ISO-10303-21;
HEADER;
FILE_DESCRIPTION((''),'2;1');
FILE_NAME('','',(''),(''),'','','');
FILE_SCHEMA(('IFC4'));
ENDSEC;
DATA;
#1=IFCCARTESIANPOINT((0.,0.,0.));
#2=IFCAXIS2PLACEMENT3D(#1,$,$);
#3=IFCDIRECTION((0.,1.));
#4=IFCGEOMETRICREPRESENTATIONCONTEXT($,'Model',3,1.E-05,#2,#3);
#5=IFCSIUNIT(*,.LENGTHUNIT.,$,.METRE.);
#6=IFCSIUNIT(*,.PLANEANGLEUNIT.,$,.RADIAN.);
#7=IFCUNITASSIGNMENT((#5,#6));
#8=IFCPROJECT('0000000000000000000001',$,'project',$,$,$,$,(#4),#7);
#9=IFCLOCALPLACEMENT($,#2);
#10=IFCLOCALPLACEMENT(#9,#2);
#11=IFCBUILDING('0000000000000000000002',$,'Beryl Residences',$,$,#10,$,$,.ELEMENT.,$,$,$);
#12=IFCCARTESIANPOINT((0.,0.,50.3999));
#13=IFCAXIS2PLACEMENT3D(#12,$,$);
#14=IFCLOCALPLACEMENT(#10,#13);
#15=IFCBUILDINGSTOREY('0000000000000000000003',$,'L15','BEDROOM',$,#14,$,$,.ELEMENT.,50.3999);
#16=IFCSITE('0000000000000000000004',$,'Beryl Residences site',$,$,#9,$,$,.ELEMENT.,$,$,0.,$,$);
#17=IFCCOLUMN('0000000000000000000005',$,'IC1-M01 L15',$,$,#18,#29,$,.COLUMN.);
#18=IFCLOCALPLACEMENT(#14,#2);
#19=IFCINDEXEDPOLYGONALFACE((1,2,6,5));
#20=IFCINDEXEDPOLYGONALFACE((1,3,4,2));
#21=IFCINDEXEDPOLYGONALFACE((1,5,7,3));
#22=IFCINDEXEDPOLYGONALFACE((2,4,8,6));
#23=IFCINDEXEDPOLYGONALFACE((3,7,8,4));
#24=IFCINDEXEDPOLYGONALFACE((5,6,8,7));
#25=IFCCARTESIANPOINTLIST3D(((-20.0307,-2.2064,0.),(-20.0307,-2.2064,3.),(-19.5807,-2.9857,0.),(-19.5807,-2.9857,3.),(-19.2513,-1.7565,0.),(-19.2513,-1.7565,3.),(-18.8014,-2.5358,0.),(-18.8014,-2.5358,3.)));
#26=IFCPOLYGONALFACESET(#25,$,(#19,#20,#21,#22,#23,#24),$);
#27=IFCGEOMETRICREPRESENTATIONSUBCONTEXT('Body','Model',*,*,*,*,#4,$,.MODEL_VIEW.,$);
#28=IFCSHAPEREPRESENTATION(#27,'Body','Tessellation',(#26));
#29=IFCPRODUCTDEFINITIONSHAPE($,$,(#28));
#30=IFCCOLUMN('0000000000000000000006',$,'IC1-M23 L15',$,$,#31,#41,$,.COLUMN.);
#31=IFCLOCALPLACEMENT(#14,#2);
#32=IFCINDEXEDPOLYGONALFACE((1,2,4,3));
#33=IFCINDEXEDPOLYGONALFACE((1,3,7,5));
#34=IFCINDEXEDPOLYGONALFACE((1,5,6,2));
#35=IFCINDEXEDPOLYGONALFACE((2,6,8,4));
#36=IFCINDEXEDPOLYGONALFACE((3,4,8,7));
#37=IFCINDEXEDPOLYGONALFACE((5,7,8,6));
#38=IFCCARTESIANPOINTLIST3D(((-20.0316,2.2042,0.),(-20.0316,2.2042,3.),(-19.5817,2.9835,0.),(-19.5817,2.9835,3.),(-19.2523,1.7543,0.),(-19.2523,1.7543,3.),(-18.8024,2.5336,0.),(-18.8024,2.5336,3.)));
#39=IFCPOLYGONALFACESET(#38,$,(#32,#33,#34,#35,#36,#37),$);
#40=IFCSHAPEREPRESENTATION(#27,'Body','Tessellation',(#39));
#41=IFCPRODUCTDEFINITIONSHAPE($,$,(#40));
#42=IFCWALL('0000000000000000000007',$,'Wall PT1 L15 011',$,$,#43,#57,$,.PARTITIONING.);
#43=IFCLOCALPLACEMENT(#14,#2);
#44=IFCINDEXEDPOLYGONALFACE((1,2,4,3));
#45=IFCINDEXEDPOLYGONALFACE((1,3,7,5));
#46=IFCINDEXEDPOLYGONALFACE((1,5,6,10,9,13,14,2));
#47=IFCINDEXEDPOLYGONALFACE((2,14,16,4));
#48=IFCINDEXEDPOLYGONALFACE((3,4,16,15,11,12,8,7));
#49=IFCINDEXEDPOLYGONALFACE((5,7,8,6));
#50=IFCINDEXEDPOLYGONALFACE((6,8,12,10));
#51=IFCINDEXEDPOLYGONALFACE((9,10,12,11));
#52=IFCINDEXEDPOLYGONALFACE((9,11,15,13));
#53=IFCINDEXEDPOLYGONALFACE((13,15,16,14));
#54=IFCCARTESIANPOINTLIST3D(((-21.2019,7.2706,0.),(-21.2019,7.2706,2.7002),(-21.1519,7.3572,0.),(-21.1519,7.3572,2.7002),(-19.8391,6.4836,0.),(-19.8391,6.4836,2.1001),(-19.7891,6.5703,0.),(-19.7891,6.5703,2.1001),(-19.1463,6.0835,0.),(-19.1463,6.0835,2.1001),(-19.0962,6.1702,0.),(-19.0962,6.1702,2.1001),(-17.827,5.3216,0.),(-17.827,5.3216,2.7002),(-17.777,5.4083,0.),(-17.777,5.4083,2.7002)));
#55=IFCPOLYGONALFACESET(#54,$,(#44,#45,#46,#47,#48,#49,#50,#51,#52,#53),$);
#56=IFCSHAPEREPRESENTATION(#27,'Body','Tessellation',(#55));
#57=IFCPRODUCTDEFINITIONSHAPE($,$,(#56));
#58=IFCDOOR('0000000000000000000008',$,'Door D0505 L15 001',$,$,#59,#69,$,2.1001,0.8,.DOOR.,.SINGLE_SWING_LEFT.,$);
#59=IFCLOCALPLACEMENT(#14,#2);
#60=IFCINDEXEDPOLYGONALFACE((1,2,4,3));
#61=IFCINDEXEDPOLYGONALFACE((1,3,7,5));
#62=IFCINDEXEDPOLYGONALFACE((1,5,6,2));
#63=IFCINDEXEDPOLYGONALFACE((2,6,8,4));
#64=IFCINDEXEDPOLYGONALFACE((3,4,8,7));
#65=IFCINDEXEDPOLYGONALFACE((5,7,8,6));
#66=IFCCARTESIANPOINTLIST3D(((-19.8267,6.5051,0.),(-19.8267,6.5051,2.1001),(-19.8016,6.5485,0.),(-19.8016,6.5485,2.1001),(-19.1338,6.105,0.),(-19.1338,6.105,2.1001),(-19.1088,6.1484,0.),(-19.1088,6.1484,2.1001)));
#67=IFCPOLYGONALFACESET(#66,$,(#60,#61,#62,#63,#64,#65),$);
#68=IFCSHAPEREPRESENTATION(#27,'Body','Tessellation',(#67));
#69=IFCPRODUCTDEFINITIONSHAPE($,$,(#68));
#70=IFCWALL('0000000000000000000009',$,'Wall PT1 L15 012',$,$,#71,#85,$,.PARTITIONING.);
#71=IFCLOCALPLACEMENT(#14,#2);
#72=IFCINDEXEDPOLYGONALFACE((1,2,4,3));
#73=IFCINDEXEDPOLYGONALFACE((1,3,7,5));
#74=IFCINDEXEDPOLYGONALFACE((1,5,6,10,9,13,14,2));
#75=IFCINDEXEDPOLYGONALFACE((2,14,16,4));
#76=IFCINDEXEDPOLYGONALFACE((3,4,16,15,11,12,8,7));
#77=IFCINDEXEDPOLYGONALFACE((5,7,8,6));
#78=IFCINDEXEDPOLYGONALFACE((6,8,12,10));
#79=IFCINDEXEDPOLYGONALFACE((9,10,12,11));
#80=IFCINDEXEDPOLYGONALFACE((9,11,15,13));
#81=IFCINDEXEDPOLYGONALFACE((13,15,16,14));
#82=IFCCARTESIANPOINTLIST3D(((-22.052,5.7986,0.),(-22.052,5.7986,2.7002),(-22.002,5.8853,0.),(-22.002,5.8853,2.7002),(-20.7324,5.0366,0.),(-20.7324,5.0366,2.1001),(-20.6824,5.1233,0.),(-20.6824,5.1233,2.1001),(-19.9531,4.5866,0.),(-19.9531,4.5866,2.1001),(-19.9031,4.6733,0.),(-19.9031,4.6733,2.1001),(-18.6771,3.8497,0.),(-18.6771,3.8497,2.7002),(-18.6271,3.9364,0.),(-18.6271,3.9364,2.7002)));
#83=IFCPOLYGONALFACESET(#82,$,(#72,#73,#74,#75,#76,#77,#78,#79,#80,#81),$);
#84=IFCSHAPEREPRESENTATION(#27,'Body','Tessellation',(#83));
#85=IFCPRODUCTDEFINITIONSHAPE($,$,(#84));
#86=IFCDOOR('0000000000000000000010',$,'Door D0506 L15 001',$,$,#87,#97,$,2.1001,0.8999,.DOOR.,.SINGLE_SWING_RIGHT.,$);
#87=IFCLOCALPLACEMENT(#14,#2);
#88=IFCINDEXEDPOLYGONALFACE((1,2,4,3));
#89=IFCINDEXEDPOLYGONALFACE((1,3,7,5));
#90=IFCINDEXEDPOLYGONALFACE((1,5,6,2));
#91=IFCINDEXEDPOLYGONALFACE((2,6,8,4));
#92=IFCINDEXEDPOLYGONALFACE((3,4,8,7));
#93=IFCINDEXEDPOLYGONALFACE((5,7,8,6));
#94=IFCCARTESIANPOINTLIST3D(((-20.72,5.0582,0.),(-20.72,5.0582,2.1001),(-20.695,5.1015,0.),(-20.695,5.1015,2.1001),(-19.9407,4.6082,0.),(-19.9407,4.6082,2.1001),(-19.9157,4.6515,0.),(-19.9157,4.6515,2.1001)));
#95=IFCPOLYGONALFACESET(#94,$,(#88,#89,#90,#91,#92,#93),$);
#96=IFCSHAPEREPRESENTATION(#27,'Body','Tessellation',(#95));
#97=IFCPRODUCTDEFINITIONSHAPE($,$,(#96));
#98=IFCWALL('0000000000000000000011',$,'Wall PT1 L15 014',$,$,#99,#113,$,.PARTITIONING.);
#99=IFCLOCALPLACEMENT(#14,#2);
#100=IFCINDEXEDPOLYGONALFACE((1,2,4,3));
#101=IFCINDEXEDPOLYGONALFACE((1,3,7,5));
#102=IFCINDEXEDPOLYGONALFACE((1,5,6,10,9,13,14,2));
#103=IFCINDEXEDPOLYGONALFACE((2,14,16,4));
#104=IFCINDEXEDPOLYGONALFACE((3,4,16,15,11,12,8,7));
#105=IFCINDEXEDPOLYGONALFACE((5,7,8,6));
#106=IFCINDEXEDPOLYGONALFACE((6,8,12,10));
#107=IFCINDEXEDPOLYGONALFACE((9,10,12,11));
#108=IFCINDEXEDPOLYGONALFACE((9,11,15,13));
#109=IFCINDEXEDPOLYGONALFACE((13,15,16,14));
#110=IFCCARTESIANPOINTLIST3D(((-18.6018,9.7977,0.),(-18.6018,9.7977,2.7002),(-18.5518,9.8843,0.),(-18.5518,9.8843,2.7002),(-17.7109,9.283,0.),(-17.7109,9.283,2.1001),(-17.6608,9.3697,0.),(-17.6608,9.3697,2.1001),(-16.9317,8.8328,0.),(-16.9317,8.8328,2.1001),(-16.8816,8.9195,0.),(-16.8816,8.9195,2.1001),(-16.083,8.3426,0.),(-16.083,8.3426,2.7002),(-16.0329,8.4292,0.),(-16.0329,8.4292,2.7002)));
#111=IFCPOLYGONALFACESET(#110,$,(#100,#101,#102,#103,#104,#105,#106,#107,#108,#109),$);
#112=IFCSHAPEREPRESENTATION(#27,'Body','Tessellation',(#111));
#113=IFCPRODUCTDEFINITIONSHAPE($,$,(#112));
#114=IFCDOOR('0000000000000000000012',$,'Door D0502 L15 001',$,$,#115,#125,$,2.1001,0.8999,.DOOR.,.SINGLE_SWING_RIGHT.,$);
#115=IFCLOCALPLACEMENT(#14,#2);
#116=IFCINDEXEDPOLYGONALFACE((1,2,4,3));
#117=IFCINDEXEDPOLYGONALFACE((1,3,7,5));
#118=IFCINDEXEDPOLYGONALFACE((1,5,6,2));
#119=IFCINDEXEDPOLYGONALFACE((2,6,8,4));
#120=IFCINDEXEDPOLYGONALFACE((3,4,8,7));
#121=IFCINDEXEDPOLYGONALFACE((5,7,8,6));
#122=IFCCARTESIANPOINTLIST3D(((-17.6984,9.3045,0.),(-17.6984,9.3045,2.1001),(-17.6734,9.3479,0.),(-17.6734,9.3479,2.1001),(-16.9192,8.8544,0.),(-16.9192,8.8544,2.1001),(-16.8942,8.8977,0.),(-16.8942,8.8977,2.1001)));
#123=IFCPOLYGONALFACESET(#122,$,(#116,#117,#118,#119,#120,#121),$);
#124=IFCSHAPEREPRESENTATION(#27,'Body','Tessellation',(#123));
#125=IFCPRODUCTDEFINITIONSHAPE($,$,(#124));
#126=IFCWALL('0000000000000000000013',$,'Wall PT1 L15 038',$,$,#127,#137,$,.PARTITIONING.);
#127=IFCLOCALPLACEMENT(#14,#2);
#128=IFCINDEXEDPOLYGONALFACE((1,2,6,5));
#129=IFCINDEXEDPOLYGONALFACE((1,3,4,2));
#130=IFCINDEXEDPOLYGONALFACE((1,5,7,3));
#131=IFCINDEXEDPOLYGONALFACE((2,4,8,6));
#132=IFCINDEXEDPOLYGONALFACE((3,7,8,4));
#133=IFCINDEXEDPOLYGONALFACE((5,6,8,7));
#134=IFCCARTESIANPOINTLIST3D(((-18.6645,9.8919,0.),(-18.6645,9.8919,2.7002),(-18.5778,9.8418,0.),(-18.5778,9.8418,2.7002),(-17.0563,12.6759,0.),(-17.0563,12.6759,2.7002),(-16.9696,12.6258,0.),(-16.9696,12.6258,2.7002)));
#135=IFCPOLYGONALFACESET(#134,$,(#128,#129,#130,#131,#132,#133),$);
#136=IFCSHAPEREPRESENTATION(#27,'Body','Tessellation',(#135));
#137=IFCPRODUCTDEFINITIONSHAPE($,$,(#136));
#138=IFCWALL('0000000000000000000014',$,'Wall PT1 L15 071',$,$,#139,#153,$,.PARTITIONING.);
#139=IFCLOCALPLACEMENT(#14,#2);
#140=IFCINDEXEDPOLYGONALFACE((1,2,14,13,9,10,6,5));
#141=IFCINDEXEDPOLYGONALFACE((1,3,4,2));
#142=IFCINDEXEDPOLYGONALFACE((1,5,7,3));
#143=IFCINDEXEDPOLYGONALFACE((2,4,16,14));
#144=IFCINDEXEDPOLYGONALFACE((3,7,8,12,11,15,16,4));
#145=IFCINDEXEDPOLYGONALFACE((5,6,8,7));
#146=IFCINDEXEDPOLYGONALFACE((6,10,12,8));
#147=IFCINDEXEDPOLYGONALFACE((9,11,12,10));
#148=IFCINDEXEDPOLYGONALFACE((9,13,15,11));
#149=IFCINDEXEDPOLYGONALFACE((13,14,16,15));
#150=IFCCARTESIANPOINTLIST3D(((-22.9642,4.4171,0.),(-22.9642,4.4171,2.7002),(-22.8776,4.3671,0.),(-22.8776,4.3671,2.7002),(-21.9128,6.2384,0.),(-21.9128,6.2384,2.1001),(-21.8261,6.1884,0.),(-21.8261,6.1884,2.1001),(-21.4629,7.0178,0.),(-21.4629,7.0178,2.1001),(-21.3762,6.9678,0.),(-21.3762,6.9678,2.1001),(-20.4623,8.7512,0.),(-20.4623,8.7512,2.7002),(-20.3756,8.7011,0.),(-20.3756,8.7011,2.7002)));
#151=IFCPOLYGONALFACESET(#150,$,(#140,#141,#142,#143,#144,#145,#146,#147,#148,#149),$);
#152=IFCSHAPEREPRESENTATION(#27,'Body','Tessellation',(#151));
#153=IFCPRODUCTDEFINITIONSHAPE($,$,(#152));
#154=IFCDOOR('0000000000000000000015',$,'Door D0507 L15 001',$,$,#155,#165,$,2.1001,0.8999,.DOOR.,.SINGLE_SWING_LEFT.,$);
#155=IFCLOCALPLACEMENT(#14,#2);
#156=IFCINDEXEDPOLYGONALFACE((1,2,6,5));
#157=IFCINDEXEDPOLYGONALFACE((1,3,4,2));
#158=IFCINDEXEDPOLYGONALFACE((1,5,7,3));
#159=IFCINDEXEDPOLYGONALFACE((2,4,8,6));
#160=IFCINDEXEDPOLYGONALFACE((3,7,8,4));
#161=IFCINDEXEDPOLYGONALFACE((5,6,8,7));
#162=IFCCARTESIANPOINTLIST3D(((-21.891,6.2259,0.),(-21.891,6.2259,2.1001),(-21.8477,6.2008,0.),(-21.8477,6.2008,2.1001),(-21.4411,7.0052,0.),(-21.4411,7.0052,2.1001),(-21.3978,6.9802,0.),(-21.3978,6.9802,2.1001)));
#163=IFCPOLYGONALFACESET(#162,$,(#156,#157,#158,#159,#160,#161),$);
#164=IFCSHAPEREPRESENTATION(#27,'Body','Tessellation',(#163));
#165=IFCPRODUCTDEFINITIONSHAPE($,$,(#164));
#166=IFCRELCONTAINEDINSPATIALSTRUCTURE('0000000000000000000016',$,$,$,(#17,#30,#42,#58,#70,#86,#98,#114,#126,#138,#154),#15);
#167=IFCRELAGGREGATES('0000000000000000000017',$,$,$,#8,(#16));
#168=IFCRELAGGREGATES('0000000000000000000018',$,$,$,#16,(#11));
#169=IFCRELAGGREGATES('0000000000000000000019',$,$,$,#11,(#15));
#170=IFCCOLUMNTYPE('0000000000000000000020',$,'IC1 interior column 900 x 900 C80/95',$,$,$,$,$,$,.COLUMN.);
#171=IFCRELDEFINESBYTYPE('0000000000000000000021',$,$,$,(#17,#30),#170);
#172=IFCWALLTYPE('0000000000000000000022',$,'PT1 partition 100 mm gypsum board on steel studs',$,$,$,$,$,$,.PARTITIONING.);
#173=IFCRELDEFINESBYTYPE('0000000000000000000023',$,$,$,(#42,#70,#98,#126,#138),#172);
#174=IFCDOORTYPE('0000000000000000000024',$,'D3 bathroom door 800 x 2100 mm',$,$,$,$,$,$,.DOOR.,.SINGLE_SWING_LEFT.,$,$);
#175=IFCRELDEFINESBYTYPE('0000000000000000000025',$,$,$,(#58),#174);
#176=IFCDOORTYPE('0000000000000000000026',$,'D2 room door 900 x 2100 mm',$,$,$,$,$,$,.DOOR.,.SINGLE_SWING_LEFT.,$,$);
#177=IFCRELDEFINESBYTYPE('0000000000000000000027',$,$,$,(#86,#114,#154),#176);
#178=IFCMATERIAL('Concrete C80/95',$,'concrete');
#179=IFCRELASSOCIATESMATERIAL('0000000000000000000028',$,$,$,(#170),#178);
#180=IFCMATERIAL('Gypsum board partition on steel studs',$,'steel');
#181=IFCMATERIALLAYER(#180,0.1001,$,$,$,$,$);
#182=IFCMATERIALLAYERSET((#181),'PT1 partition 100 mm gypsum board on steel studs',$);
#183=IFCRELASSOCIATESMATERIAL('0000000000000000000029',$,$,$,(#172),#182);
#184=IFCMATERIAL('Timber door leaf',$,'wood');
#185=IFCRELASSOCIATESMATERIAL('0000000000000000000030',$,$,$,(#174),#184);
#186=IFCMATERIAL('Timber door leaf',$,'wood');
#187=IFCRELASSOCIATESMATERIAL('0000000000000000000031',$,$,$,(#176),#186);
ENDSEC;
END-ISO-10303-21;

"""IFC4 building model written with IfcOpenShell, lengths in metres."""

from ifc_helpers import new_model, si_unit, direction, frame, frame_2d, origin, origin_2d, place, context, subcontext, project, spatial, rectangle, extrude, material, layer, layer_set, material_profile, profile_set, type_object, element, fill, save


model = new_model("IFC4")

# Units and contexts
model_context = context("Model", 3, precision=1e-05, world=origin(), true_north=direction((0.0, 1.0)))
body_context = subcontext(model_context, "Body", "Model", "MODEL_VIEW")
ifc_project = project(units=[si_unit("LENGTHUNIT", "METRE"), si_unit("PLANEANGLEUNIT", "RADIAN")], contexts=[model_context])

# Site, building, storey
site_placement = place(None, origin())
site = spatial("IfcSite", under=ifc_project, at=site_placement, Name="Beryl Residences site", CompositionType="ELEMENT", RefElevation=0.0)
building_placement = place(site_placement, origin())
building = spatial("IfcBuilding", under=site, at=building_placement, Name="Beryl Residences", CompositionType="ELEMENT")
storey_placement = place(building_placement, frame((0.0, 0.0, 50.3999)))
storey = spatial("IfcBuildingStorey", under=building, at=storey_placement, Name="L15", Description="BEDROOM", CompositionType="ELEMENT", Elevation=50.3999)

# Columns
ifc_material_1 = material(Name="Concrete C80/95", Category="concrete")
ifc_material_profile = material_profile(ifc_material_1, rectangle(XDim=0.8999, YDim=0.8999, at=origin_2d()))
ifc_profile_set = profile_set([ifc_material_profile], Name="Concrete C80/95")
column_type = type_object("IfcColumnType", Name="IC1 interior column 900 x 900 C80/95", PredefinedType="COLUMN", material=ifc_profile_set)
for number, where, z_axis, x_axis, name in (
    (1, (-19.416, -2.3711, 0.0), (0.0, 0.0, 1.0), (0.499985, -0.866034, 0.0), "IC1-M01 L15"),
    (2, (-19.417, 2.3689, 0.0), (0.0, 0.0, 1.0), (-0.499985, -0.866034, 0.0), "IC1-M23 L15"),
):
    element("IfcColumn", number, at=place(storey_placement, frame(where, z_axis=z_axis, x_axis=x_axis)), inside=storey, type_object=column_type, Name=name, PredefinedType="COLUMN", context=body_context, shape_type="SweptSolid", body=[
        extrude(rectangle(XDim=0.8999, YDim=0.8999, at=origin_2d()), origin(), (0.0, 0.0, 1.0), 3.0),
    ])

# Walls, openings, doors
ifc_material_2 = material(Name="Gypsum board partition on steel studs", Category="steel")
ifc_layer_1 = layer(ifc_material_2, 0.1001)
ifc_layer_set_1 = layer_set([ifc_layer_1], Name="PT1 partition 100 mm gypsum board on steel studs")
wall_type_1 = type_object("IfcWallType", Name="PT1 partition 100 mm gypsum board on steel studs", PredefinedType="PARTITIONING", material=ifc_layer_set_1)
wall_1_placement = place(storey_placement, frame((-21.177, 7.314, 0.0), z_axis=(0.0, 0.0, 1.0), x_axis=(0.865979, -0.50008, 0.0)))
wall_1 = element("IfcWall", 3, at=wall_1_placement, inside=storey, type_object=wall_type_1, Name="Wall PT1 L15 011", PredefinedType="PARTITIONING", context=body_context, shape_type="SweptSolid", body=[
    extrude(rectangle(XDim=3.8972, YDim=0.1001, at=frame_2d((1.9487, 0.0))), origin(), (0.0, 0.0, 1.0), 2.7002),
])
opening_1_placement = place(wall_1_placement, frame((1.574, 0.0, 0.0)))
opening_1 = element("IfcOpeningElement", 4, at=opening_1_placement, cuts=wall_1, PredefinedType="OPENING", context=body_context, shape_type="SweptSolid", body=[
    extrude(rectangle(XDim=0.8, YDim=2.1001, at=frame_2d((0.3999, 1.05))), frame((0.0, 0.0601, 0.0), z_axis=(0.0, -1.0, 0.0), x_axis=(1.0, 0.0, 0.0)), (0.0, 0.0, 1.0), 0.1201),
])
ifc_material_3 = material(Name="Timber door leaf", Category="wood")
door_type_1 = type_object("IfcDoorType", Name="D3 bathroom door 800 x 2100 mm", OperationType="SINGLE_SWING_LEFT", PredefinedType="DOOR", material=ifc_material_3)
door_1_placement = place(opening_1_placement, origin())
door_1 = element("IfcDoor", 5, at=door_1_placement, inside=storey, type_object=door_type_1, Name="Door D0505 L15 001", OperationType="SINGLE_SWING_LEFT", OverallHeight=2.1001, OverallWidth=0.8, PredefinedType="DOOR", context=body_context, shape_type="SweptSolid", body=[
    extrude(rectangle(XDim=0.8, YDim=2.1001, at=frame_2d((0.3999, 1.05))), frame((0.0, 0.0249, 0.0), z_axis=(0.0, -1.0, 0.0), x_axis=(1.0, 0.0, 0.0)), (0.0, 0.0, 1.0), 0.05),
])
fill(opening_1, door_1)
wall_2_placement = place(storey_placement, frame((-22.0271, 5.842, 0.0), z_axis=(0.0, 0.0, 1.0), x_axis=(0.865979, -0.50008, 0.0)))
wall_2 = element("IfcWall", 6, at=wall_2_placement, inside=storey, type_object=wall_type_1, Name="Wall PT1 L15 012", PredefinedType="PARTITIONING", context=body_context, shape_type="SweptSolid", body=[
    extrude(rectangle(XDim=3.8972, YDim=0.1001, at=frame_2d((1.9487, 0.0))), origin(), (0.0, 0.0, 1.0), 2.7002),
])
opening_2_placement = place(wall_2_placement, frame((1.5239, 0.0, 0.0)))
opening_2 = element("IfcOpeningElement", 7, at=opening_2_placement, cuts=wall_2, PredefinedType="OPENING", context=body_context, shape_type="SweptSolid", body=[
    extrude(rectangle(XDim=0.8999, YDim=2.1001, at=frame_2d((0.45, 1.05))), frame((0.0, 0.0601, 0.0), z_axis=(0.0, -1.0, 0.0), x_axis=(1.0, 0.0, 0.0)), (0.0, 0.0, 1.0), 0.1201),
])
ifc_material_4 = material(Name="Timber door leaf", Category="wood")
door_type_2 = type_object("IfcDoorType", Name="D2 room door 900 x 2100 mm", OperationType="SINGLE_SWING_LEFT", PredefinedType="DOOR", material=ifc_material_4)
door_2_placement = place(opening_2_placement, origin())
door_2 = element("IfcDoor", 8, at=door_2_placement, inside=storey, type_object=door_type_2, Name="Door D0506 L15 001", OperationType="SINGLE_SWING_RIGHT", OverallHeight=2.1001, OverallWidth=0.8999, PredefinedType="DOOR", context=body_context, shape_type="SweptSolid", body=[
    extrude(rectangle(XDim=0.8999, YDim=2.1001, at=frame_2d((0.45, 1.05))), frame((0.0, 0.0249, 0.0), z_axis=(0.0, -1.0, 0.0), x_axis=(1.0, 0.0, 0.0)), (0.0, 0.0, 1.0), 0.05),
])
fill(opening_2, door_2)
wall_3_placement = place(storey_placement, frame((-18.5769, 9.8411, 0.0), z_axis=(0.0, 0.0, 1.0), x_axis=(0.865899, -0.500219, 0.0)))
wall_3 = element("IfcWall", 9, at=wall_3_placement, inside=storey, type_object=wall_type_1, Name="Wall PT1 L15 014", PredefinedType="PARTITIONING", context=body_context, shape_type="SweptSolid", body=[
    extrude(rectangle(XDim=2.9089, YDim=0.1001, at=frame_2d((1.4546, 0.0))), origin(), (0.0, 0.0, 1.0), 2.7002),
])
opening_3_placement = place(wall_3_placement, frame((1.0291, 0.0, 0.0)))
opening_3 = element("IfcOpeningElement", 10, at=opening_3_placement, cuts=wall_3, PredefinedType="OPENING", context=body_context, shape_type="SweptSolid", body=[
    extrude(rectangle(XDim=0.8999, YDim=2.1001, at=frame_2d((0.45, 1.05))), frame((0.0, 0.0601, 0.0), z_axis=(0.0, -1.0, 0.0), x_axis=(1.0, 0.0, 0.0)), (0.0, 0.0, 1.0), 0.1201),
])
door_3_placement = place(opening_3_placement, origin())
door_3 = element("IfcDoor", 11, at=door_3_placement, inside=storey, type_object=door_type_2, Name="Door D0502 L15 001", OperationType="SINGLE_SWING_RIGHT", OverallHeight=2.1001, OverallWidth=0.8999, PredefinedType="DOOR", context=body_context, shape_type="SweptSolid", body=[
    extrude(rectangle(XDim=0.8999, YDim=2.1001, at=frame_2d((0.45, 1.05))), frame((0.0, 0.0249, 0.0), z_axis=(0.0, -1.0, 0.0), x_axis=(1.0, 0.0, 0.0)), (0.0, 0.0, 1.0), 0.05),
])
fill(opening_3, door_3)

# Wall
wall_4_placement = place(storey_placement, frame((-18.6211, 9.8669, 0.0), z_axis=(0.0, 0.0, 1.0), x_axis=(0.500198, 0.865911, 0.0)))
element("IfcWall", 12, at=wall_4_placement, inside=storey, type_object=wall_type_1, Name="Wall PT1 L15 038", PredefinedType="PARTITIONING", context=body_context, shape_type="SweptSolid", body=[
    extrude(rectangle(XDim=3.2151, YDim=0.1001, at=frame_2d((1.6074, 0.0))), origin(), (0.0, 0.0, 1.0), 2.7002),
])

# Wall, opening, door
wall_5_placement = place(storey_placement, frame((-22.9209, 4.3921, 0.0), z_axis=(0.0, 0.0, 1.0), x_axis=(0.499959, 0.866049, 0.0)))
wall_5 = element("IfcWall", 13, at=wall_5_placement, inside=storey, type_object=wall_type_1, Name="Wall PT1 L15 071", PredefinedType="PARTITIONING", context=body_context, shape_type="SweptSolid", body=[
    extrude(rectangle(XDim=5.0044, YDim=0.1001, at=frame_2d((2.5022, 0.0))), origin(), (0.0, 0.0, 1.0), 2.7002),
])
opening_4_placement = place(wall_5_placement, frame((2.103, 0.0, 0.0)))
opening_4 = element("IfcOpeningElement", 14, at=opening_4_placement, cuts=wall_5, PredefinedType="OPENING", context=body_context, shape_type="SweptSolid", body=[
    extrude(rectangle(XDim=0.8999, YDim=2.1001, at=frame_2d((0.45, 1.05))), frame((0.0, 0.0601, 0.0), z_axis=(0.0, -1.0, 0.0), x_axis=(1.0, 0.0, 0.0)), (0.0, 0.0, 1.0), 0.1201),
])
door_4_placement = place(opening_4_placement, origin())
door_4 = element("IfcDoor", 15, at=door_4_placement, inside=storey, type_object=door_type_2, Name="Door D0507 L15 001", OperationType="SINGLE_SWING_LEFT", OverallHeight=2.1001, OverallWidth=0.8999, PredefinedType="DOOR", context=body_context, shape_type="SweptSolid", body=[
    extrude(rectangle(XDim=0.8999, YDim=2.1001, at=frame_2d((0.45, 1.05))), frame((0.0, 0.0249, 0.0), z_axis=(0.0, -1.0, 0.0), x_axis=(1.0, 0.0, 0.0)), (0.0, 0.0, 1.0), 0.05),
])
fill(opening_4, door_4)

save(model, "model.ifc")
